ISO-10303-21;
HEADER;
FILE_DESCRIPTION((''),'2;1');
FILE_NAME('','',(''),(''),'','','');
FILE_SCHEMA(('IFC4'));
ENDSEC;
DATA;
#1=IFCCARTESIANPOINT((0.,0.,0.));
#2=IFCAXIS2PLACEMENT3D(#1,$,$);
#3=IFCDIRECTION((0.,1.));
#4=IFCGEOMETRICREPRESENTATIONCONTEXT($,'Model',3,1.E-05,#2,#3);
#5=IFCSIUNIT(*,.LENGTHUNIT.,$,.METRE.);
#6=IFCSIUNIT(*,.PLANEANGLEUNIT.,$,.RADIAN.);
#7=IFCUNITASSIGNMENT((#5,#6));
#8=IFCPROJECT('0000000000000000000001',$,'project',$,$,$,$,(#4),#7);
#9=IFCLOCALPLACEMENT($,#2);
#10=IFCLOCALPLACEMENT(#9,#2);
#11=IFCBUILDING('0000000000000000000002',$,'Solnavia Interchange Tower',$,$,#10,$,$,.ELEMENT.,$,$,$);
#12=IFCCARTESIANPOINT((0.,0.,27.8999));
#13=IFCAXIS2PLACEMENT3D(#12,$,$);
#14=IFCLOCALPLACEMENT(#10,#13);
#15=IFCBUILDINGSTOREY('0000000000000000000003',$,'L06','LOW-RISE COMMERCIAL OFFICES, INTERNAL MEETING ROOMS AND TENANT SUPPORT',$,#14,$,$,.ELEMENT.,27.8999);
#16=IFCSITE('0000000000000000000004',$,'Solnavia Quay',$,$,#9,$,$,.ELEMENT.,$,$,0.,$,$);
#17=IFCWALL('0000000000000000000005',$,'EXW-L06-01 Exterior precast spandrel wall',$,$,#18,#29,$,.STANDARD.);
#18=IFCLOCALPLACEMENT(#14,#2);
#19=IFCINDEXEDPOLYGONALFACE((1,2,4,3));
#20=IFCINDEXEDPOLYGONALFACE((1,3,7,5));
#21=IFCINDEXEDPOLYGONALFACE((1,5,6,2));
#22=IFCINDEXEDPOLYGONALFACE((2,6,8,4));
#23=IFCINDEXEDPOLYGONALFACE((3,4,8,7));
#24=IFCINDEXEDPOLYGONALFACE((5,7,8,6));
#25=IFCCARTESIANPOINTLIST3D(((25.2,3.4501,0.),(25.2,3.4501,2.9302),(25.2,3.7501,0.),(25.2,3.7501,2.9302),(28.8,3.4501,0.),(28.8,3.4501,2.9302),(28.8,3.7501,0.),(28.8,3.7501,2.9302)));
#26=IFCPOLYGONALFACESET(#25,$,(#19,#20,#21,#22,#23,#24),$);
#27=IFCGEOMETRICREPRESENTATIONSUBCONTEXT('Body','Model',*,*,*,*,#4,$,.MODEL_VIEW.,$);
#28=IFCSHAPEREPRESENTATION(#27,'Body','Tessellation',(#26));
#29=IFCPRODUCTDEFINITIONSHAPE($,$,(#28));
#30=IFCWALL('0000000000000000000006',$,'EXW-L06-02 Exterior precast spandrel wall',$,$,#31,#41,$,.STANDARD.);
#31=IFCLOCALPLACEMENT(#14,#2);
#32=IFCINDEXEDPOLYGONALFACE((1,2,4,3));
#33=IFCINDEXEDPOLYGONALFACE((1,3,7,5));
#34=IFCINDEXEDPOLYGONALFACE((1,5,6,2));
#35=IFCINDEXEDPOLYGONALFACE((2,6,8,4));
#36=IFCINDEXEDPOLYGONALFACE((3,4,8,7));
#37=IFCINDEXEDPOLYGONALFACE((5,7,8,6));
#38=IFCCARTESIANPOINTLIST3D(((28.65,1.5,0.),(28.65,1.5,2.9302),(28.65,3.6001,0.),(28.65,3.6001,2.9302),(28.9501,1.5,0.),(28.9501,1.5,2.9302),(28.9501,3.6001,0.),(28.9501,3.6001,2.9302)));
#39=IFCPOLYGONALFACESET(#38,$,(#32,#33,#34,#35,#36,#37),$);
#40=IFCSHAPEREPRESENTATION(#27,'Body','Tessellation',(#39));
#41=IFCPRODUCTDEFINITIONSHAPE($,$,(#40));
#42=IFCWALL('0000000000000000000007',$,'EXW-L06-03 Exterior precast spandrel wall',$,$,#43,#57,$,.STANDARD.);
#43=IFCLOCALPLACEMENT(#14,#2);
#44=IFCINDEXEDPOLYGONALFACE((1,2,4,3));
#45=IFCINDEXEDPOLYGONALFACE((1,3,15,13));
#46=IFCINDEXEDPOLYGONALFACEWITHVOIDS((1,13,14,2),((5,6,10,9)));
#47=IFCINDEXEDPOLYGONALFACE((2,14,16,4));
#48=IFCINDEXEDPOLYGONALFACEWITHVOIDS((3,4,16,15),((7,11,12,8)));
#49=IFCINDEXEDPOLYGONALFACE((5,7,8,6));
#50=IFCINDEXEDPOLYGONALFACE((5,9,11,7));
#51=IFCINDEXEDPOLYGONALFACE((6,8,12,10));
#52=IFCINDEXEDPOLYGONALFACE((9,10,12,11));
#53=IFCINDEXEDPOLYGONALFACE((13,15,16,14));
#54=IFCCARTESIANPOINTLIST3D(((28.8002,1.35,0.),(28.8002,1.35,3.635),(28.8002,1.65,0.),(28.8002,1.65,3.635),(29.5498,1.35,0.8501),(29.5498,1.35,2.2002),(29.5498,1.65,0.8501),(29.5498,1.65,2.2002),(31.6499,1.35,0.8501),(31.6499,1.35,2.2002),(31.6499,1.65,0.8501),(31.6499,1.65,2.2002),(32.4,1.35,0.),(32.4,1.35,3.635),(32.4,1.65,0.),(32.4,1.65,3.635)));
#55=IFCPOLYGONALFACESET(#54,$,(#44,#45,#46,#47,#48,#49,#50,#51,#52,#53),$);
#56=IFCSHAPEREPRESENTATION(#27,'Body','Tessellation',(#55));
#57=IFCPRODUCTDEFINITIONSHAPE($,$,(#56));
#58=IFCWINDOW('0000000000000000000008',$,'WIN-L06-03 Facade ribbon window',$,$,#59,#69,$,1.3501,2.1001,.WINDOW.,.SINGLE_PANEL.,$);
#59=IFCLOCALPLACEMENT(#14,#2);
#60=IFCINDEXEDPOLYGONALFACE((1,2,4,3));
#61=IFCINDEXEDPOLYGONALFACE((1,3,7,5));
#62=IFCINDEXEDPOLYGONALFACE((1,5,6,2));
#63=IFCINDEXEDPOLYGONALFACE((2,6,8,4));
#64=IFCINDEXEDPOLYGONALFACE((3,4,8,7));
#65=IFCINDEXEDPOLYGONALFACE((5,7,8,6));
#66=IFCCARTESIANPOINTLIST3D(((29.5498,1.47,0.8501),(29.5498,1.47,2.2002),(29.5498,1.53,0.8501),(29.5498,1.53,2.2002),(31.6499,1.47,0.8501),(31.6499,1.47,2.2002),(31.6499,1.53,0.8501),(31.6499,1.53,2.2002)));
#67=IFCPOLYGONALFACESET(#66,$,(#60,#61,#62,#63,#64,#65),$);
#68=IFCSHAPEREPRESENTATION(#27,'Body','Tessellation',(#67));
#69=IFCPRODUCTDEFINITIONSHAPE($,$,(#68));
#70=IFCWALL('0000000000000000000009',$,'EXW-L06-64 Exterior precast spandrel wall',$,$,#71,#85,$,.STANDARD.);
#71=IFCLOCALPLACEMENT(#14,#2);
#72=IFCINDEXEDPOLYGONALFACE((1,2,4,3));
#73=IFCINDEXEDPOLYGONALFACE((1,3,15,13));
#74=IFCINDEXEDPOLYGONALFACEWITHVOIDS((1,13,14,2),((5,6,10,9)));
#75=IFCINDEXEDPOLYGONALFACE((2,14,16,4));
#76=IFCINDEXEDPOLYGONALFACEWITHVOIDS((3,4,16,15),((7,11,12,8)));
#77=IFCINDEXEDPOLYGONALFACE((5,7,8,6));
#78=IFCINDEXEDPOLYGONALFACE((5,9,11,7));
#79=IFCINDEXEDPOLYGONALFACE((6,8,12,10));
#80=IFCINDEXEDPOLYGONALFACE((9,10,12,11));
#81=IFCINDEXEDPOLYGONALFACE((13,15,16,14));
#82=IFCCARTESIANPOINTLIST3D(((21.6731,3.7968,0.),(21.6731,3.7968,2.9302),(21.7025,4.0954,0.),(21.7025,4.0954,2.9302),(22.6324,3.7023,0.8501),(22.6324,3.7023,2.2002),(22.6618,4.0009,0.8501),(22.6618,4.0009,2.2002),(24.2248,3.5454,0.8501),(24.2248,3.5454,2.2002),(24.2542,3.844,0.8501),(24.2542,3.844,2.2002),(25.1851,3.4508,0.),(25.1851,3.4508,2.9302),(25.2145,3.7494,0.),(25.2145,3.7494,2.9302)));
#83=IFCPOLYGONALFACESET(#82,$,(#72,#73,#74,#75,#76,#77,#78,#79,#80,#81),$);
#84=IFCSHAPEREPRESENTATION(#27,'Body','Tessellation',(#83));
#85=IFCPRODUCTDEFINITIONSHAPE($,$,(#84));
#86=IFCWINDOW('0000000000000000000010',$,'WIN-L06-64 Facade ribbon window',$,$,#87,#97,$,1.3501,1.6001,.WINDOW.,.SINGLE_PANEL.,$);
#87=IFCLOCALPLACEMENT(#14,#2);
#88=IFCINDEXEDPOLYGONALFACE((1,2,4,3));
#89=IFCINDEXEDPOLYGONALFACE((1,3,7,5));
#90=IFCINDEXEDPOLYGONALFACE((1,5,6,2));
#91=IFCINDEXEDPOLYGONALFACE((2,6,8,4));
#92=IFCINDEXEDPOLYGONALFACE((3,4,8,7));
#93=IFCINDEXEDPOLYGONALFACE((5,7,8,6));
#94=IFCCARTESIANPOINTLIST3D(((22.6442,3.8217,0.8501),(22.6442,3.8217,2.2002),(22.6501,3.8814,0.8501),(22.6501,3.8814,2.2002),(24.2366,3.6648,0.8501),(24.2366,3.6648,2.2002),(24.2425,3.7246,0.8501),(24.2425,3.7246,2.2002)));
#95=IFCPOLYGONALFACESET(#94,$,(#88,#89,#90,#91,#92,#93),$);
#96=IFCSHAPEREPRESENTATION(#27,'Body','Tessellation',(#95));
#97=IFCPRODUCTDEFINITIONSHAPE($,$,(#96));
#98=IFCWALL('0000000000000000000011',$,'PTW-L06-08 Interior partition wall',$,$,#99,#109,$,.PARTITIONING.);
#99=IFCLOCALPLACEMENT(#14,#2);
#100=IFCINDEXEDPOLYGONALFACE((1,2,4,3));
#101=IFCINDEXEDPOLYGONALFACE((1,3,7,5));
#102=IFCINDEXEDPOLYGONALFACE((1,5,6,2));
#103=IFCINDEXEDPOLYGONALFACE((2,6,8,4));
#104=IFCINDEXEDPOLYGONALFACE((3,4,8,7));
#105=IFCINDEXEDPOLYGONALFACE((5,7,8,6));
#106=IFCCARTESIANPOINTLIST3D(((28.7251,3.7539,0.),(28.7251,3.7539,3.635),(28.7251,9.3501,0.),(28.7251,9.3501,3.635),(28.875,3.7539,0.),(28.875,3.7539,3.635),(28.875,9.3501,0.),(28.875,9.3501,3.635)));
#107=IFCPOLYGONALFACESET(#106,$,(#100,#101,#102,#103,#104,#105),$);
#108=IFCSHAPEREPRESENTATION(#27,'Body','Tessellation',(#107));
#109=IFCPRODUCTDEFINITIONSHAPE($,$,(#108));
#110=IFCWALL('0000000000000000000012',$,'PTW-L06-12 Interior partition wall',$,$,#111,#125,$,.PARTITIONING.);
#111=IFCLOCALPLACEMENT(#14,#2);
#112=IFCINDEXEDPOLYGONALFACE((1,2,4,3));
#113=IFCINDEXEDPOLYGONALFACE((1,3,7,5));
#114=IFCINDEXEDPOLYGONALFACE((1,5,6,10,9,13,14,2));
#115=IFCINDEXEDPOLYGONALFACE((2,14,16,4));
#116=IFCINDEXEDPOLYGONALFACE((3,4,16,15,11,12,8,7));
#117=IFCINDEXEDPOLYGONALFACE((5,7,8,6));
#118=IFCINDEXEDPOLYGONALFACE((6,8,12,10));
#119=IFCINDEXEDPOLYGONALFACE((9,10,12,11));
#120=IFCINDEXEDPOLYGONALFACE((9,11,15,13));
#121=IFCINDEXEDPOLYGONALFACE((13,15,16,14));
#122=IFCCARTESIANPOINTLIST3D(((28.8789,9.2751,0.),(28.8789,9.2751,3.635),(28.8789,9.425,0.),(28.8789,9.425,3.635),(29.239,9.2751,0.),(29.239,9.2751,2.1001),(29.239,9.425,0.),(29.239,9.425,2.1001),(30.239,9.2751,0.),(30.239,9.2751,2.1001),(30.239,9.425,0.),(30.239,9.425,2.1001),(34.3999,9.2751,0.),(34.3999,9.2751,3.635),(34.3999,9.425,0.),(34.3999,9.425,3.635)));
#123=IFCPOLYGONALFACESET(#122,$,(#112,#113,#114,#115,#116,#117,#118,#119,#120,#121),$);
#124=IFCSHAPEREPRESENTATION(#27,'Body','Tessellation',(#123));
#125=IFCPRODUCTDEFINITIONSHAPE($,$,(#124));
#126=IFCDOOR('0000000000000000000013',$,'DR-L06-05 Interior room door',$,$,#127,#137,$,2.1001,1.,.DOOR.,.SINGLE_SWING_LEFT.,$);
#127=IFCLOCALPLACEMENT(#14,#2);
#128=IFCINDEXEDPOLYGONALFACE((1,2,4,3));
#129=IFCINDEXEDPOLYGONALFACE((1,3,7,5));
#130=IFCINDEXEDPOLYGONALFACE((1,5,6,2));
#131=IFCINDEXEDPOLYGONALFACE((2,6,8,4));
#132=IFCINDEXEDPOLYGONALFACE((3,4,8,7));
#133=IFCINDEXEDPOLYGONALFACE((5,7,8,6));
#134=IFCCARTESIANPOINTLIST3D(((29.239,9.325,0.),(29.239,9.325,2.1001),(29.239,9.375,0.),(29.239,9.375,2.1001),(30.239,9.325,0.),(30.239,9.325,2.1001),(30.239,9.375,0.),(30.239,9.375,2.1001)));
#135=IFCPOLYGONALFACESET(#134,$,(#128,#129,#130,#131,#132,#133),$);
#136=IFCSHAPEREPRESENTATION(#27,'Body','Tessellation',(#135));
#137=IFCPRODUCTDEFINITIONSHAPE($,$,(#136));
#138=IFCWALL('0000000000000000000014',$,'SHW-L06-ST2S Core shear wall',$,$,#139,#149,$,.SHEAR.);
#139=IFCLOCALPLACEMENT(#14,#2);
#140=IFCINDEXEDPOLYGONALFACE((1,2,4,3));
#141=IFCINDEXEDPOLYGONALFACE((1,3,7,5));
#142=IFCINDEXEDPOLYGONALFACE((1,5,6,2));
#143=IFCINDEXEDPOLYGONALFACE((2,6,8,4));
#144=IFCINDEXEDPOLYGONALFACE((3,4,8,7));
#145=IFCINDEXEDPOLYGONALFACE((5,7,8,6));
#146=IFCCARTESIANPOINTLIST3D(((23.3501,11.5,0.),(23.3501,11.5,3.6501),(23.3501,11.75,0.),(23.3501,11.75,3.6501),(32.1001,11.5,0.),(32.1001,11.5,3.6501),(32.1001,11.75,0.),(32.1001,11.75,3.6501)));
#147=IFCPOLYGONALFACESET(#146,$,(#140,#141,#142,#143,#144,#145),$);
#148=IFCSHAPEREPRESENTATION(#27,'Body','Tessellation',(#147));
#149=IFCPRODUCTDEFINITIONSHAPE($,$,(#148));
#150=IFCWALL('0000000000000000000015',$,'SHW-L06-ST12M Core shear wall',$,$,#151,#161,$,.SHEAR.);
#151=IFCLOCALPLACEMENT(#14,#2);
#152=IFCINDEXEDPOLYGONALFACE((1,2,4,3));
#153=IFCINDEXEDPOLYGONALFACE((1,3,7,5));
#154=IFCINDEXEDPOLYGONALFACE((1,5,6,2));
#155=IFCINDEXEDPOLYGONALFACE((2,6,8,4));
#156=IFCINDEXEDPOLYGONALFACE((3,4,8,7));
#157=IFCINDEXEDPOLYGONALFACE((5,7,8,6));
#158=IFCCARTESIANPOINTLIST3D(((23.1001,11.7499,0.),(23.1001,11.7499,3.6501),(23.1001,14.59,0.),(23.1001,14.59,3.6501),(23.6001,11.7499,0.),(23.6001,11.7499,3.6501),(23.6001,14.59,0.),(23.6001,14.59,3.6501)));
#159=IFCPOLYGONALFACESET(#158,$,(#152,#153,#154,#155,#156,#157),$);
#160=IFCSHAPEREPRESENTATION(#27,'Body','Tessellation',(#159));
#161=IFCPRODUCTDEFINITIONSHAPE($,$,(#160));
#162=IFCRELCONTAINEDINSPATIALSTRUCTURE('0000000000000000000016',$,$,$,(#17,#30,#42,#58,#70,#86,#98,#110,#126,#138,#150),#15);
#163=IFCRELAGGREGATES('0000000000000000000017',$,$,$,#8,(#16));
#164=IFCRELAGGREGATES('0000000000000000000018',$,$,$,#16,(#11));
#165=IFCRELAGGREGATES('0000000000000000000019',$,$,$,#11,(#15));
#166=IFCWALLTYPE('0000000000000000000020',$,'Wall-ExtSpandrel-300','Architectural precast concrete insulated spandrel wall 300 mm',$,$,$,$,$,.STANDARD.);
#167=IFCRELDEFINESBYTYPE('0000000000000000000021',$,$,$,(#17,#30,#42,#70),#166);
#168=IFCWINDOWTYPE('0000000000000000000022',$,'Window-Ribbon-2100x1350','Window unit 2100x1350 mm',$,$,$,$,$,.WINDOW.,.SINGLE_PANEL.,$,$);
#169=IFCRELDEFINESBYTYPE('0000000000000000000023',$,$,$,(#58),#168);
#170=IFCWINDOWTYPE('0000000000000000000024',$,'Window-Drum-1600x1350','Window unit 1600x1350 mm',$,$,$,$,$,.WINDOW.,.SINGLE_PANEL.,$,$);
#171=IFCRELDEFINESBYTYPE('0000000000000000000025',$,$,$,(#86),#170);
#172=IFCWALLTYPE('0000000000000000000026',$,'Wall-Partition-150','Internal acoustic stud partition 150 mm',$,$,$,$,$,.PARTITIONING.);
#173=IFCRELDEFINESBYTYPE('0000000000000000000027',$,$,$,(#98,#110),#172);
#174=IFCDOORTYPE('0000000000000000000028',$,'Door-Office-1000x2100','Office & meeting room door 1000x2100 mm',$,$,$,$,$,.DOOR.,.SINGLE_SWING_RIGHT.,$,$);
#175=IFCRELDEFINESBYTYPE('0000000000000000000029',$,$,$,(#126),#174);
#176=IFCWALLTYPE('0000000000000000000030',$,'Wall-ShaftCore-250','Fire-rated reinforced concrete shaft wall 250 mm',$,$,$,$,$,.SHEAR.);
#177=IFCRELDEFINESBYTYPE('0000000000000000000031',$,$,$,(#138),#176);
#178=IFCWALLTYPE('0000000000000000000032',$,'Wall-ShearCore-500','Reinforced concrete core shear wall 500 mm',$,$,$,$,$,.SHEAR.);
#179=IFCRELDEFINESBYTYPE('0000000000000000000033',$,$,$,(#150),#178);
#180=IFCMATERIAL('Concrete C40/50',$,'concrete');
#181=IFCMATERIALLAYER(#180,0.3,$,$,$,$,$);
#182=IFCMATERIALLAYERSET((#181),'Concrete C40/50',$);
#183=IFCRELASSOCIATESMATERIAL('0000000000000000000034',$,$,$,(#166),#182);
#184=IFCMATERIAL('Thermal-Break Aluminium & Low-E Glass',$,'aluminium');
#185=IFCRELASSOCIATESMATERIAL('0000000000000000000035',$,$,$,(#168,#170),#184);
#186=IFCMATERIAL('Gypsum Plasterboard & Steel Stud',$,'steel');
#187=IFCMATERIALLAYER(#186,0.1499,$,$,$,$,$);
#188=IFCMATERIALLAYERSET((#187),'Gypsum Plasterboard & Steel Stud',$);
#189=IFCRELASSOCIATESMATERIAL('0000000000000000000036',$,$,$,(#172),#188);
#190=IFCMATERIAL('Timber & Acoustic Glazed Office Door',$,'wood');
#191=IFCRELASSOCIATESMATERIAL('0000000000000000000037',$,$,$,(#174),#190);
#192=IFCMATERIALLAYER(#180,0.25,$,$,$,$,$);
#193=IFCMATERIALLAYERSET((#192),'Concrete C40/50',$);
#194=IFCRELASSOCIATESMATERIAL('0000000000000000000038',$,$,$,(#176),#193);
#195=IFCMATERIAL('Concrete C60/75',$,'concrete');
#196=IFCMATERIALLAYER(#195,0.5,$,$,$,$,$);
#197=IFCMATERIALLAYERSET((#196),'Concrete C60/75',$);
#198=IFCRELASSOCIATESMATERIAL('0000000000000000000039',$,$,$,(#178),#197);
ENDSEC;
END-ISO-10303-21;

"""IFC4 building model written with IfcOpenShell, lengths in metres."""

from ifc_helpers import new_model, si_unit, direction, frame, frame_2d, origin, place, context, subcontext, project, spatial, rectangle, extrude, material, layer, layer_set, type_object, element, fill, save


model = new_model("IFC4")

# Units and contexts
model_context = context("Model", 3, precision=1e-05, world=origin(), true_north=direction((0.0, 1.0)))
body_context = subcontext(model_context, "Body", "Model", "MODEL_VIEW")
ifc_project = project(units=[si_unit("LENGTHUNIT", "METRE"), si_unit("PLANEANGLEUNIT", "RADIAN")], contexts=[model_context])

# Site, building, storey
site_placement = place(None, origin())
site = spatial("IfcSite", under=ifc_project, at=site_placement, Name="Solnavia Quay", CompositionType="ELEMENT", RefElevation=0.0)
building_placement = place(site_placement, origin())
building = spatial("IfcBuilding", under=site, at=building_placement, Name="Solnavia Interchange Tower", CompositionType="ELEMENT")
storey_placement = place(building_placement, frame((0.0, 0.0, 27.8999)))
storey = spatial("IfcBuildingStorey", under=building, at=storey_placement, Name="L06", Description="LOW-RISE COMMERCIAL OFFICES, INTERNAL MEETING ROOMS AND TENANT SUPPORT", CompositionType="ELEMENT", Elevation=27.8999)

# Shared definitions
ifc_material_1 = material(Name="Concrete C60/75", Category="concrete")

# Walls
ifc_material_2 = material(Name="Concrete C40/50", Category="concrete")
ifc_layer_1 = layer(ifc_material_2, 0.3)
ifc_layer_set_1 = layer_set([ifc_layer_1], Name="Concrete C40/50")
wall_type_1 = type_object("IfcWallType", Name="Wall-ExtSpandrel-300", Description="Architectural precast concrete insulated spandrel wall 300 mm", PredefinedType="STANDARD", material=ifc_layer_set_1)
wall_1_placement = place(storey_placement, frame((28.8, 3.6001, 0.0), z_axis=(0.0, 0.0, 1.0), x_axis=(-1.0, 0.0, 0.0)))
element("IfcWall", 1, at=wall_1_placement, inside=storey, type_object=wall_type_1, Name="EXW-L06-01 Exterior precast spandrel wall", PredefinedType="STANDARD", context=body_context, shape_type="SweptSolid", body=[
    extrude(rectangle(XDim=3.6001, YDim=0.3, at=frame_2d((1.8, 0.0))), origin(), (0.0, 0.0, 1.0), 2.9302),
])
wall_2_placement = place(storey_placement, frame((28.8, 1.5, 0.0), z_axis=(0.0, 0.0, 1.0), x_axis=(0.0, 1.0, 0.0)))
element("IfcWall", 2, at=wall_2_placement, inside=storey, type_object=wall_type_1, Name="EXW-L06-02 Exterior precast spandrel wall", PredefinedType="STANDARD", context=body_context, shape_type="SweptSolid", body=[
    extrude(rectangle(XDim=2.1001, YDim=0.3, at=frame_2d((1.05, 0.0))), origin(), (0.0, 0.0, 1.0), 2.9302),
])

# Walls, openings, windows
wall_3_placement = place(storey_placement, frame((32.3999, 1.5, 0.0), z_axis=(0.0, 0.0, 1.0), x_axis=(-1.0, 0.0, 0.0)))
wall_3 = element("IfcWall", 3, at=wall_3_placement, inside=storey, type_object=wall_type_1, Name="EXW-L06-03 Exterior precast spandrel wall", PredefinedType="STANDARD", context=body_context, shape_type="SweptSolid", body=[
    extrude(rectangle(XDim=3.5999, YDim=0.3, at=frame_2d((1.7998, 0.0))), origin(), (0.0, 0.0, 1.0), 3.635),
])
opening_1_placement = place(wall_3_placement, frame((0.75, 0.0, 0.8501)))
opening_1 = element("IfcOpeningElement", 4, at=opening_1_placement, cuts=wall_3, PredefinedType="OPENING", context=body_context, shape_type="SweptSolid", body=[
    extrude(rectangle(XDim=2.1001, YDim=1.3501, at=frame_2d((1.05, 0.675))), frame((0.0, 0.1602, 0.0), z_axis=(0.0, -1.0, 0.0), x_axis=(1.0, 0.0, 0.0)), (0.0, 0.0, 1.0), 0.3201),
])
ifc_material_3 = material(Name="Thermal-Break Aluminium & Low-E Glass", Category="aluminium")
window_type_1 = type_object("IfcWindowType", Name="Window-Ribbon-2100x1350", Description="Window unit 2100x1350 mm", PartitioningType="SINGLE_PANEL", PredefinedType="WINDOW", material=ifc_material_3)
window_1_placement = place(opening_1_placement, origin())
window_1 = element("IfcWindow", 5, at=window_1_placement, inside=storey, type_object=window_type_1, Name="WIN-L06-03 Facade ribbon window", OverallHeight=1.3501, OverallWidth=2.1001, PartitioningType="SINGLE_PANEL", PredefinedType="WINDOW", context=body_context, shape_type="SweptSolid", body=[
    extrude(rectangle(XDim=2.1001, YDim=1.3501, at=frame_2d((1.05, 0.675))), frame((0.0, 0.03, 0.0), z_axis=(0.0, -1.0, 0.0), x_axis=(1.0, 0.0, 0.0)), (0.0, 0.0, 1.0), 0.0601),
])
fill(opening_1, window_1)
wall_4_placement = place(storey_placement, frame((25.2, 3.6001, 0.0), z_axis=(0.0, 0.0, 1.0), x_axis=(-0.995183, 0.098031, 0.0)))
wall_4 = element("IfcWall", 6, at=wall_4_placement, inside=storey, type_object=wall_type_1, Name="EXW-L06-64 Exterior precast spandrel wall", PredefinedType="STANDARD", context=body_context, shape_type="SweptSolid", body=[
    extrude(rectangle(XDim=3.5291, YDim=0.3, at=frame_2d((1.7646, 0.0))), origin(), (0.0, 0.0, 1.0), 2.9302),
])
opening_2_placement = place(wall_4_placement, frame((0.9651, 0.0, 0.8501)))
opening_2 = element("IfcOpeningElement", 7, at=opening_2_placement, cuts=wall_4, PredefinedType="OPENING", context=body_context, shape_type="SweptSolid", body=[
    extrude(rectangle(XDim=1.6001, YDim=1.3501, at=frame_2d((0.8, 0.675))), frame((0.0, 0.1602, 0.0), z_axis=(0.0, -1.0, 0.0), x_axis=(1.0, 0.0, 0.0)), (0.0, 0.0, 1.0), 0.3201),
])
window_type_2 = type_object("IfcWindowType", Name="Window-Drum-1600x1350", Description="Window unit 1600x1350 mm", PartitioningType="SINGLE_PANEL", PredefinedType="WINDOW", material=ifc_material_3)
window_2_placement = place(opening_2_placement, origin())
window_2 = element("IfcWindow", 8, at=window_2_placement, inside=storey, type_object=window_type_2, Name="WIN-L06-64 Facade ribbon window", OverallHeight=1.3501, OverallWidth=1.6001, PartitioningType="SINGLE_PANEL", PredefinedType="WINDOW", context=body_context, shape_type="SweptSolid", body=[
    extrude(rectangle(XDim=1.6001, YDim=1.3501, at=frame_2d((0.8, 0.675))), frame((0.0, 0.03, 0.0), z_axis=(0.0, -1.0, 0.0), x_axis=(1.0, 0.0, 0.0)), (0.0, 0.0, 1.0), 0.0601),
])
fill(opening_2, window_2)

# Wall
ifc_material_4 = material(Name="Gypsum Plasterboard & Steel Stud", Category="steel")
ifc_layer_2 = layer(ifc_material_4, 0.1499)
ifc_layer_set_2 = layer_set([ifc_layer_2], Name="Gypsum Plasterboard & Steel Stud")
wall_type_2 = type_object("IfcWallType", Name="Wall-Partition-150", Description="Internal acoustic stud partition 150 mm", PredefinedType="PARTITIONING", material=ifc_layer_set_2)
wall_5_placement = place(storey_placement, frame((28.8, 9.3501, 0.0), z_axis=(0.0, 0.0, 1.0), x_axis=(0.0, -1.0, 0.0)))
element("IfcWall", 9, at=wall_5_placement, inside=storey, type_object=wall_type_2, Name="PTW-L06-08 Interior partition wall", PredefinedType="PARTITIONING", context=body_context, shape_type="SweptSolid", body=[
    extrude(rectangle(XDim=5.5962, YDim=0.1499, at=frame_2d((2.7981, 0.0))), origin(), (0.0, 0.0, 1.0), 3.635),
])

# Wall, opening, door
wall_6_placement = place(storey_placement, frame((28.8789, 9.3501, 0.0), z_axis=(0.0, 0.0, 1.0), x_axis=(1.0, 0.0, 0.0)))
wall_6 = element("IfcWall", 10, at=wall_6_placement, inside=storey, type_object=wall_type_2, Name="PTW-L06-12 Interior partition wall", PredefinedType="PARTITIONING", context=body_context, shape_type="SweptSolid", body=[
    extrude(rectangle(XDim=5.521, YDim=0.1499, at=frame_2d((2.7605, 0.0))), origin(), (0.0, 0.0, 1.0), 3.635),
])
opening_3_placement = place(wall_6_placement, frame((0.3601, 0.0, 0.0)))
opening_3 = element("IfcOpeningElement", 11, at=opening_3_placement, cuts=wall_6, PredefinedType="OPENING", context=body_context, shape_type="SweptSolid", body=[
    extrude(rectangle(XDim=1.0, YDim=2.1001, at=frame_2d((0.5, 1.05))), frame((0.0, 0.085, 0.0), z_axis=(0.0, -1.0, 0.0), x_axis=(1.0, 0.0, 0.0)), (0.0, 0.0, 1.0), 0.1699),
])
ifc_material_5 = material(Name="Timber & Acoustic Glazed Office Door", Category="wood")
door_type_1 = type_object("IfcDoorType", Name="Door-Office-1000x2100", Description="Office & meeting room door 1000x2100 mm", OperationType="SINGLE_SWING_RIGHT", PredefinedType="DOOR", material=ifc_material_5)
door_1_placement = place(opening_3_placement, origin())
door_1 = element("IfcDoor", 12, at=door_1_placement, inside=storey, type_object=door_type_1, Name="DR-L06-05 Interior room door", OperationType="SINGLE_SWING_LEFT", OverallHeight=2.1001, OverallWidth=1.0, PredefinedType="DOOR", context=body_context, shape_type="SweptSolid", body=[
    extrude(rectangle(XDim=1.0, YDim=2.1001, at=frame_2d((0.5, 1.05))), frame((0.0, 0.0249, 0.0), z_axis=(0.0, -1.0, 0.0), x_axis=(1.0, 0.0, 0.0)), (0.0, 0.0, 1.0), 0.05),
])
fill(opening_3, door_1)

# Walls
ifc_layer_3 = layer(ifc_material_2, 0.25)
ifc_layer_set_3 = layer_set([ifc_layer_3], Name="Concrete C40/50")
wall_type_3 = type_object("IfcWallType", Name="Wall-ShaftCore-250", Description="Fire-rated reinforced concrete shaft wall 250 mm", PredefinedType="SHEAR", material=ifc_layer_set_3)
wall_7_placement = place(storey_placement, frame((23.3501, 11.625, 0.0), z_axis=(0.0, 0.0, 1.0), x_axis=(1.0, 0.0, 0.0)))
element("IfcWall", 13, at=wall_7_placement, inside=storey, type_object=wall_type_3, Name="SHW-L06-ST2S Core shear wall", PredefinedType="SHEAR", context=body_context, shape_type="SweptSolid", body=[
    extrude(rectangle(XDim=8.75, YDim=0.25, at=frame_2d((4.375, 0.0))), origin(), (0.0, 0.0, 1.0), 3.6501),
])
ifc_layer_4 = layer(ifc_material_1, 0.5)
ifc_layer_set_4 = layer_set([ifc_layer_4], Name="Concrete C60/75")
wall_type_4 = type_object("IfcWallType", Name="Wall-ShearCore-500", Description="Reinforced concrete core shear wall 500 mm", PredefinedType="SHEAR", material=ifc_layer_set_4)
wall_8_placement = place(storey_placement, frame((23.3501, 11.75, 0.0), z_axis=(0.0, 0.0, 1.0), x_axis=(0.0, 1.0, 0.0)))
element("IfcWall", 14, at=wall_8_placement, inside=storey, type_object=wall_type_4, Name="SHW-L06-ST12M Core shear wall", PredefinedType="SHEAR", context=body_context, shape_type="SweptSolid", body=[
    extrude(rectangle(XDim=2.8401, YDim=0.5, at=frame_2d((1.4199, 0.0))), origin(), (0.0, 0.0, 1.0), 3.6501),
])

save(model, "model.ifc")
